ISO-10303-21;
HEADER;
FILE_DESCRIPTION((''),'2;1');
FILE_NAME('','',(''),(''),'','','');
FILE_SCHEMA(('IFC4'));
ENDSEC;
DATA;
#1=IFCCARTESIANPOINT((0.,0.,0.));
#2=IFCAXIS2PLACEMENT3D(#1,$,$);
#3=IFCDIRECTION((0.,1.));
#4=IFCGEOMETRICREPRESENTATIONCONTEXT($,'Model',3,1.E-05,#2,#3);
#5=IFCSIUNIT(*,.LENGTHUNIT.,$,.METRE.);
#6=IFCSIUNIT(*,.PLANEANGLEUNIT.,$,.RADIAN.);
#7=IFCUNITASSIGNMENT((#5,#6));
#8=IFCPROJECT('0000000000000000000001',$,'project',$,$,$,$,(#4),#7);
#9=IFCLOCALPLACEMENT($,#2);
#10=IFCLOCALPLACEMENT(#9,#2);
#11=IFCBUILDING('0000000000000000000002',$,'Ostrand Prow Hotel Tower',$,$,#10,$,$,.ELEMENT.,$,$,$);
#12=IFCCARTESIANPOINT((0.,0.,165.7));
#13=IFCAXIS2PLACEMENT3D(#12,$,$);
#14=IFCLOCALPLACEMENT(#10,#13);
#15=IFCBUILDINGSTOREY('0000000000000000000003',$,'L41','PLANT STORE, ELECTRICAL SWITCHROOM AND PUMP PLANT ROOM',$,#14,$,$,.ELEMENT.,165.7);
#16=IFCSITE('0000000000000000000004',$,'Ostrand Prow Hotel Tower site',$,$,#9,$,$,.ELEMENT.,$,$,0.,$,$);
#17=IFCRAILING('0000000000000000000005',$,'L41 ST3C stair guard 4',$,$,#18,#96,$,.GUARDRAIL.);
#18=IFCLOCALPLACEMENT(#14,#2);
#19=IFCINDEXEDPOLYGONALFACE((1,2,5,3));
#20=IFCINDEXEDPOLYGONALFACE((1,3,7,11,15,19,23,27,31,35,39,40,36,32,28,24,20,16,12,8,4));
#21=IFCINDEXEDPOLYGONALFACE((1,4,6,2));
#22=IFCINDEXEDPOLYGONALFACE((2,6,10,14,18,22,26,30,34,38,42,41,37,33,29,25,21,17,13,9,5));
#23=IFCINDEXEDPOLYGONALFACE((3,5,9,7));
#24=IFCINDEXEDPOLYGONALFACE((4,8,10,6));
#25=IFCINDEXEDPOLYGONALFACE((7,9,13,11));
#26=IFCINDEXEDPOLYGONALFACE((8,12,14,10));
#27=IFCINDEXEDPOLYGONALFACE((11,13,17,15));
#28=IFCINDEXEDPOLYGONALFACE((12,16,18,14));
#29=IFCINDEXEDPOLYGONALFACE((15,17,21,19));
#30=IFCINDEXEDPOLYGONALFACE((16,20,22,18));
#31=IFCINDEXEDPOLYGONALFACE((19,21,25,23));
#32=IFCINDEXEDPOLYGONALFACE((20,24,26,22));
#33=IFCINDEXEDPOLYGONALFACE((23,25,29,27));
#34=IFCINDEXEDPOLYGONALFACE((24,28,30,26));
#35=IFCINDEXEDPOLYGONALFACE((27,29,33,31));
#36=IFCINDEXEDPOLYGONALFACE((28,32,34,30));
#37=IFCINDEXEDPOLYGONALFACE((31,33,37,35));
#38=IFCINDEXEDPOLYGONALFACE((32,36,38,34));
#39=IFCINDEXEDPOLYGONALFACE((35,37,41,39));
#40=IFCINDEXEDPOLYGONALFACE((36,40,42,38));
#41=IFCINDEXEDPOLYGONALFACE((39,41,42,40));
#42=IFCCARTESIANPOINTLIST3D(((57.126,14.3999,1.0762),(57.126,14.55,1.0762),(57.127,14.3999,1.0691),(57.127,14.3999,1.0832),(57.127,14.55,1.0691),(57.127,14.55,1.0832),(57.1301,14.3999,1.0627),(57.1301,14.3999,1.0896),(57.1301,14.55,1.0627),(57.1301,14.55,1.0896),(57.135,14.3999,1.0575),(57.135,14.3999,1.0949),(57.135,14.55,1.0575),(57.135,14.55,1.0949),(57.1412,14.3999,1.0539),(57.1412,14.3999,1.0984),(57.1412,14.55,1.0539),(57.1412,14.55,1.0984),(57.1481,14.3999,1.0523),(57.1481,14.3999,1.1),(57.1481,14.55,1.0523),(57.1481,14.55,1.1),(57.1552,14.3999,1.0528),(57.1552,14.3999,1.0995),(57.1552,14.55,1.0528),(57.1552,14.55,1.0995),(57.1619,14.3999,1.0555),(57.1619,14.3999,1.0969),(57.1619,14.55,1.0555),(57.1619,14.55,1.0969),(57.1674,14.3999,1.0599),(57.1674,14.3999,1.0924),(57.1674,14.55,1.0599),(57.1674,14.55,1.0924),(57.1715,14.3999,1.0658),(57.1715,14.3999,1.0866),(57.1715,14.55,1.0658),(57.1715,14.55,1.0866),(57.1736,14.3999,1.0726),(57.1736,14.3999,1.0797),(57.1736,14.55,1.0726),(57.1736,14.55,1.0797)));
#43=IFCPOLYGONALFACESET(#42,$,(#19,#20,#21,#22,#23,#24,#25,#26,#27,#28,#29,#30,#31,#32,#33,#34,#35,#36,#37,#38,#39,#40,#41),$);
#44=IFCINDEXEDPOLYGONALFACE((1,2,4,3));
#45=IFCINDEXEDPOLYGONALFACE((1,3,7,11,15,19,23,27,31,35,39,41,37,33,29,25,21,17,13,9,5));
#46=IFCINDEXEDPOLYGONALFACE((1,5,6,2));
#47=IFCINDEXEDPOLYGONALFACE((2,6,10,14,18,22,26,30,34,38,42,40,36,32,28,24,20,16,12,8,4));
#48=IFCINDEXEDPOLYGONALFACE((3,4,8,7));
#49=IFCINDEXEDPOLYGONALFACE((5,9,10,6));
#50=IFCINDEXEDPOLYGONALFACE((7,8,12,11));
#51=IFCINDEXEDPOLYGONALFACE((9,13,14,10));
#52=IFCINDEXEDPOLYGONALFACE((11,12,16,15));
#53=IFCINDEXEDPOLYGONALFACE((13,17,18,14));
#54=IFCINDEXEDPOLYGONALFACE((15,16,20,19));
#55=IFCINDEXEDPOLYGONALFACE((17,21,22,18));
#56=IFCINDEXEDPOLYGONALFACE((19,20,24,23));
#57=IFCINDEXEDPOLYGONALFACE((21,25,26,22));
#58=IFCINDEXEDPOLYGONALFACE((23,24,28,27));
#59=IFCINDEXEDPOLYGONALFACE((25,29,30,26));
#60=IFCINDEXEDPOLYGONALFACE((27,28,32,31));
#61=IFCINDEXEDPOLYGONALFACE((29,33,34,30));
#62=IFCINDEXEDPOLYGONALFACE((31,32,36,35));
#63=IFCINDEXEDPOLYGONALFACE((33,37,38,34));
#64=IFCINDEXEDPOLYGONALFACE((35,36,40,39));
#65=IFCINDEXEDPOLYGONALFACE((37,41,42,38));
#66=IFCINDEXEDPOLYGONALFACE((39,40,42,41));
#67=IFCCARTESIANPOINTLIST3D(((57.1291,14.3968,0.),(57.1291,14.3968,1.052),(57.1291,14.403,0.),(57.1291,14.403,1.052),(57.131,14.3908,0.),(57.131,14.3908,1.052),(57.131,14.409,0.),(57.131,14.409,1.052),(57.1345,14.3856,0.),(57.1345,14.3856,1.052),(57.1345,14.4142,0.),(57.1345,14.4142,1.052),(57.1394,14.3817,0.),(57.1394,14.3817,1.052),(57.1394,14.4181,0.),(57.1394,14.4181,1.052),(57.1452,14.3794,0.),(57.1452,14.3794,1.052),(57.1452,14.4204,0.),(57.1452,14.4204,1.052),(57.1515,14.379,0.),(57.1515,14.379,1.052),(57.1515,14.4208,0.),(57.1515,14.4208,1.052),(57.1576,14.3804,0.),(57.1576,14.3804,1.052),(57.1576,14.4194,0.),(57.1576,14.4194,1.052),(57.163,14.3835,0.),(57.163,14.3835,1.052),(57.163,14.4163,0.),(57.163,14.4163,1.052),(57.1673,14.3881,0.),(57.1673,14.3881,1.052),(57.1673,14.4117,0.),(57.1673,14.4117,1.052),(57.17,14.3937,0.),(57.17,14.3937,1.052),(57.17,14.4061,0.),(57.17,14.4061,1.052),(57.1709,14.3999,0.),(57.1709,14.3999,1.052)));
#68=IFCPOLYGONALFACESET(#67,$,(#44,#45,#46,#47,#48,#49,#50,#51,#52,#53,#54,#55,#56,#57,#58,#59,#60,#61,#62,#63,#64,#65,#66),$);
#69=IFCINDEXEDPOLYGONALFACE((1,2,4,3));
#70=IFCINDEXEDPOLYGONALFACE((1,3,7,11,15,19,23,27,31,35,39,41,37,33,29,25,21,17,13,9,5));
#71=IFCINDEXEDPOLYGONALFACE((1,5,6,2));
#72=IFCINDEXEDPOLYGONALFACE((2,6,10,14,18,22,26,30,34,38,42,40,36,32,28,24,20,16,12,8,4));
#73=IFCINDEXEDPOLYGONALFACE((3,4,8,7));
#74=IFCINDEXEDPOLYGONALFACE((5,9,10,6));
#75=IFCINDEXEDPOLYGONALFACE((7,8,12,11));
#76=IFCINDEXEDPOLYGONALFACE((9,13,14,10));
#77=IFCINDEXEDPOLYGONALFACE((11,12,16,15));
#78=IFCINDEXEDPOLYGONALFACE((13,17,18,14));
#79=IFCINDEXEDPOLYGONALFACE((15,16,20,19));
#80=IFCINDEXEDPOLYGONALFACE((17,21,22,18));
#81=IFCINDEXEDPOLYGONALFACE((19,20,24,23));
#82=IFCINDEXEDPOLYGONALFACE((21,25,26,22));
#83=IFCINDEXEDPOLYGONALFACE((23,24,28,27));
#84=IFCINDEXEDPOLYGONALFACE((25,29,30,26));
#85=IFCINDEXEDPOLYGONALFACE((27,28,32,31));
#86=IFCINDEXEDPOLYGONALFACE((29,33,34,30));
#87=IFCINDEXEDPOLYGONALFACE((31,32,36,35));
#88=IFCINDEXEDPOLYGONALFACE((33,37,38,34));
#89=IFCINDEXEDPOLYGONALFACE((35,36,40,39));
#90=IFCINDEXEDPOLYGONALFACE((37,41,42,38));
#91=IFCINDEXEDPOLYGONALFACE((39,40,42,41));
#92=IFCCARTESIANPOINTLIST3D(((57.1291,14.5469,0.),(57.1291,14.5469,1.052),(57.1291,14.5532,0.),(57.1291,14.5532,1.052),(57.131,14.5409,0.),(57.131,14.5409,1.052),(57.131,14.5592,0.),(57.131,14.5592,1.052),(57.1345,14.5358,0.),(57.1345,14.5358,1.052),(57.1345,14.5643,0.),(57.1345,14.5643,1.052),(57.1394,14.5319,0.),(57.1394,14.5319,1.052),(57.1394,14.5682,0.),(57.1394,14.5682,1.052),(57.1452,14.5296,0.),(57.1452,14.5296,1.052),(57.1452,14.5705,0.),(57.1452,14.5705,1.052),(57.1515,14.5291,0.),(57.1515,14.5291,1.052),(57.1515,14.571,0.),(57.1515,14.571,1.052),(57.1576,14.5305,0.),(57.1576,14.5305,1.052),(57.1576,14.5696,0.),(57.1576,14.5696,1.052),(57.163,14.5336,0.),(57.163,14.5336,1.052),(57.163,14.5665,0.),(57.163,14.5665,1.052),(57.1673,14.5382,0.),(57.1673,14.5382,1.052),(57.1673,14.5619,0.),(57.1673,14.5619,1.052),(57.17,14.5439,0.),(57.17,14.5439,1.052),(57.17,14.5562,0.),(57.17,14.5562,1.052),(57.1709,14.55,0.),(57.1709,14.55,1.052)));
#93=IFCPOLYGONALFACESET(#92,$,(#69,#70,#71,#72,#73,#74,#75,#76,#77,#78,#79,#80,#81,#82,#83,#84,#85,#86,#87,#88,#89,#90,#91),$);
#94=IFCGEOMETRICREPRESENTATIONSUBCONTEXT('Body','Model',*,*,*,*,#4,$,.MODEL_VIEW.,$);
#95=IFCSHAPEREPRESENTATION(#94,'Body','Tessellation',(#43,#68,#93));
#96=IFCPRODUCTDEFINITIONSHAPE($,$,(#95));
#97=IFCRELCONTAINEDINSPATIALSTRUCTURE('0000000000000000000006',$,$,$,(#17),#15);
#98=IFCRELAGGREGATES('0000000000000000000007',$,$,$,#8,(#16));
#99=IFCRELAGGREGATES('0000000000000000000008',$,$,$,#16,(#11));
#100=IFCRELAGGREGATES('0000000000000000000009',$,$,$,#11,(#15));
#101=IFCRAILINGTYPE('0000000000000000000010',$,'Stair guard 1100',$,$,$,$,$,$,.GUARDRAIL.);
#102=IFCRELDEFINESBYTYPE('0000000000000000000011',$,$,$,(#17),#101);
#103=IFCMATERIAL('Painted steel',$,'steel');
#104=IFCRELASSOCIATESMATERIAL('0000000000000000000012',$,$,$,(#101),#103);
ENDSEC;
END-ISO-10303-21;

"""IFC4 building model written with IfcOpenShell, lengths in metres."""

from ifc_helpers import new_model, si_unit, direction, frame, origin, origin_2d, place, context, subcontext, project, spatial, circle, extrude, material, type_object, element, save


model = new_model("IFC4")

# Units and contexts
model_context = context("Model", 3, precision=1e-05, world=origin(), true_north=direction((0.0, 1.0)))
body_context = subcontext(model_context, "Body", "Model", "MODEL_VIEW")
ifc_project = project(units=[si_unit("LENGTHUNIT", "METRE"), si_unit("PLANEANGLEUNIT", "RADIAN")], contexts=[model_context])

# Site, building, storey
site_placement = place(None, origin())
site = spatial("IfcSite", under=ifc_project, at=site_placement, Name="Ostrand Prow Hotel Tower site", CompositionType="ELEMENT", RefElevation=0.0)
building_placement = place(site_placement, origin())
building = spatial("IfcBuilding", under=site, at=building_placement, Name="Ostrand Prow Hotel Tower", CompositionType="ELEMENT")
storey_placement = place(building_placement, frame((0.0, 0.0, 165.7)))
storey = spatial("IfcBuildingStorey", under=building, at=storey_placement, Name="L41", Description="PLANT STORE, ELECTRICAL SWITCHROOM AND PUMP PLANT ROOM", CompositionType="ELEMENT", Elevation=165.7)

# Railing
ifc_material_1 = material(Name="Painted steel", Category="steel")
railing_type_1 = type_object("IfcRailingType", Name="Stair guard 1100", PredefinedType="GUARDRAIL", material=ifc_material_1)
railing_1_placement = place(storey_placement, frame((57.1499, 14.3999, 0.0)))
element("IfcRailing", 1, at=railing_1_placement, inside=storey, type_object=railing_type_1, Name="L41 ST3C stair guard 4", PredefinedType="GUARDRAIL", context=body_context, shape_type="SweptSolid", body=[
    extrude(circle(Radius=0.0239, at=origin_2d()), frame((0.0, 0.0, 1.0762), z_axis=(0.0, 1.0, 0.0), x_axis=(-1.0, 0.0, 0.0)), (0.0, 0.0, 1.0), 0.1501),
    extrude(circle(Radius=0.021, at=origin_2d()), origin(), (0.0, 0.0, 1.0), 1.052),
    extrude(circle(Radius=0.021, at=origin_2d()), frame((0.0, 0.1501, 0.0)), (0.0, 0.0, 1.0), 1.052),
])

save(model, "model.ifc")
